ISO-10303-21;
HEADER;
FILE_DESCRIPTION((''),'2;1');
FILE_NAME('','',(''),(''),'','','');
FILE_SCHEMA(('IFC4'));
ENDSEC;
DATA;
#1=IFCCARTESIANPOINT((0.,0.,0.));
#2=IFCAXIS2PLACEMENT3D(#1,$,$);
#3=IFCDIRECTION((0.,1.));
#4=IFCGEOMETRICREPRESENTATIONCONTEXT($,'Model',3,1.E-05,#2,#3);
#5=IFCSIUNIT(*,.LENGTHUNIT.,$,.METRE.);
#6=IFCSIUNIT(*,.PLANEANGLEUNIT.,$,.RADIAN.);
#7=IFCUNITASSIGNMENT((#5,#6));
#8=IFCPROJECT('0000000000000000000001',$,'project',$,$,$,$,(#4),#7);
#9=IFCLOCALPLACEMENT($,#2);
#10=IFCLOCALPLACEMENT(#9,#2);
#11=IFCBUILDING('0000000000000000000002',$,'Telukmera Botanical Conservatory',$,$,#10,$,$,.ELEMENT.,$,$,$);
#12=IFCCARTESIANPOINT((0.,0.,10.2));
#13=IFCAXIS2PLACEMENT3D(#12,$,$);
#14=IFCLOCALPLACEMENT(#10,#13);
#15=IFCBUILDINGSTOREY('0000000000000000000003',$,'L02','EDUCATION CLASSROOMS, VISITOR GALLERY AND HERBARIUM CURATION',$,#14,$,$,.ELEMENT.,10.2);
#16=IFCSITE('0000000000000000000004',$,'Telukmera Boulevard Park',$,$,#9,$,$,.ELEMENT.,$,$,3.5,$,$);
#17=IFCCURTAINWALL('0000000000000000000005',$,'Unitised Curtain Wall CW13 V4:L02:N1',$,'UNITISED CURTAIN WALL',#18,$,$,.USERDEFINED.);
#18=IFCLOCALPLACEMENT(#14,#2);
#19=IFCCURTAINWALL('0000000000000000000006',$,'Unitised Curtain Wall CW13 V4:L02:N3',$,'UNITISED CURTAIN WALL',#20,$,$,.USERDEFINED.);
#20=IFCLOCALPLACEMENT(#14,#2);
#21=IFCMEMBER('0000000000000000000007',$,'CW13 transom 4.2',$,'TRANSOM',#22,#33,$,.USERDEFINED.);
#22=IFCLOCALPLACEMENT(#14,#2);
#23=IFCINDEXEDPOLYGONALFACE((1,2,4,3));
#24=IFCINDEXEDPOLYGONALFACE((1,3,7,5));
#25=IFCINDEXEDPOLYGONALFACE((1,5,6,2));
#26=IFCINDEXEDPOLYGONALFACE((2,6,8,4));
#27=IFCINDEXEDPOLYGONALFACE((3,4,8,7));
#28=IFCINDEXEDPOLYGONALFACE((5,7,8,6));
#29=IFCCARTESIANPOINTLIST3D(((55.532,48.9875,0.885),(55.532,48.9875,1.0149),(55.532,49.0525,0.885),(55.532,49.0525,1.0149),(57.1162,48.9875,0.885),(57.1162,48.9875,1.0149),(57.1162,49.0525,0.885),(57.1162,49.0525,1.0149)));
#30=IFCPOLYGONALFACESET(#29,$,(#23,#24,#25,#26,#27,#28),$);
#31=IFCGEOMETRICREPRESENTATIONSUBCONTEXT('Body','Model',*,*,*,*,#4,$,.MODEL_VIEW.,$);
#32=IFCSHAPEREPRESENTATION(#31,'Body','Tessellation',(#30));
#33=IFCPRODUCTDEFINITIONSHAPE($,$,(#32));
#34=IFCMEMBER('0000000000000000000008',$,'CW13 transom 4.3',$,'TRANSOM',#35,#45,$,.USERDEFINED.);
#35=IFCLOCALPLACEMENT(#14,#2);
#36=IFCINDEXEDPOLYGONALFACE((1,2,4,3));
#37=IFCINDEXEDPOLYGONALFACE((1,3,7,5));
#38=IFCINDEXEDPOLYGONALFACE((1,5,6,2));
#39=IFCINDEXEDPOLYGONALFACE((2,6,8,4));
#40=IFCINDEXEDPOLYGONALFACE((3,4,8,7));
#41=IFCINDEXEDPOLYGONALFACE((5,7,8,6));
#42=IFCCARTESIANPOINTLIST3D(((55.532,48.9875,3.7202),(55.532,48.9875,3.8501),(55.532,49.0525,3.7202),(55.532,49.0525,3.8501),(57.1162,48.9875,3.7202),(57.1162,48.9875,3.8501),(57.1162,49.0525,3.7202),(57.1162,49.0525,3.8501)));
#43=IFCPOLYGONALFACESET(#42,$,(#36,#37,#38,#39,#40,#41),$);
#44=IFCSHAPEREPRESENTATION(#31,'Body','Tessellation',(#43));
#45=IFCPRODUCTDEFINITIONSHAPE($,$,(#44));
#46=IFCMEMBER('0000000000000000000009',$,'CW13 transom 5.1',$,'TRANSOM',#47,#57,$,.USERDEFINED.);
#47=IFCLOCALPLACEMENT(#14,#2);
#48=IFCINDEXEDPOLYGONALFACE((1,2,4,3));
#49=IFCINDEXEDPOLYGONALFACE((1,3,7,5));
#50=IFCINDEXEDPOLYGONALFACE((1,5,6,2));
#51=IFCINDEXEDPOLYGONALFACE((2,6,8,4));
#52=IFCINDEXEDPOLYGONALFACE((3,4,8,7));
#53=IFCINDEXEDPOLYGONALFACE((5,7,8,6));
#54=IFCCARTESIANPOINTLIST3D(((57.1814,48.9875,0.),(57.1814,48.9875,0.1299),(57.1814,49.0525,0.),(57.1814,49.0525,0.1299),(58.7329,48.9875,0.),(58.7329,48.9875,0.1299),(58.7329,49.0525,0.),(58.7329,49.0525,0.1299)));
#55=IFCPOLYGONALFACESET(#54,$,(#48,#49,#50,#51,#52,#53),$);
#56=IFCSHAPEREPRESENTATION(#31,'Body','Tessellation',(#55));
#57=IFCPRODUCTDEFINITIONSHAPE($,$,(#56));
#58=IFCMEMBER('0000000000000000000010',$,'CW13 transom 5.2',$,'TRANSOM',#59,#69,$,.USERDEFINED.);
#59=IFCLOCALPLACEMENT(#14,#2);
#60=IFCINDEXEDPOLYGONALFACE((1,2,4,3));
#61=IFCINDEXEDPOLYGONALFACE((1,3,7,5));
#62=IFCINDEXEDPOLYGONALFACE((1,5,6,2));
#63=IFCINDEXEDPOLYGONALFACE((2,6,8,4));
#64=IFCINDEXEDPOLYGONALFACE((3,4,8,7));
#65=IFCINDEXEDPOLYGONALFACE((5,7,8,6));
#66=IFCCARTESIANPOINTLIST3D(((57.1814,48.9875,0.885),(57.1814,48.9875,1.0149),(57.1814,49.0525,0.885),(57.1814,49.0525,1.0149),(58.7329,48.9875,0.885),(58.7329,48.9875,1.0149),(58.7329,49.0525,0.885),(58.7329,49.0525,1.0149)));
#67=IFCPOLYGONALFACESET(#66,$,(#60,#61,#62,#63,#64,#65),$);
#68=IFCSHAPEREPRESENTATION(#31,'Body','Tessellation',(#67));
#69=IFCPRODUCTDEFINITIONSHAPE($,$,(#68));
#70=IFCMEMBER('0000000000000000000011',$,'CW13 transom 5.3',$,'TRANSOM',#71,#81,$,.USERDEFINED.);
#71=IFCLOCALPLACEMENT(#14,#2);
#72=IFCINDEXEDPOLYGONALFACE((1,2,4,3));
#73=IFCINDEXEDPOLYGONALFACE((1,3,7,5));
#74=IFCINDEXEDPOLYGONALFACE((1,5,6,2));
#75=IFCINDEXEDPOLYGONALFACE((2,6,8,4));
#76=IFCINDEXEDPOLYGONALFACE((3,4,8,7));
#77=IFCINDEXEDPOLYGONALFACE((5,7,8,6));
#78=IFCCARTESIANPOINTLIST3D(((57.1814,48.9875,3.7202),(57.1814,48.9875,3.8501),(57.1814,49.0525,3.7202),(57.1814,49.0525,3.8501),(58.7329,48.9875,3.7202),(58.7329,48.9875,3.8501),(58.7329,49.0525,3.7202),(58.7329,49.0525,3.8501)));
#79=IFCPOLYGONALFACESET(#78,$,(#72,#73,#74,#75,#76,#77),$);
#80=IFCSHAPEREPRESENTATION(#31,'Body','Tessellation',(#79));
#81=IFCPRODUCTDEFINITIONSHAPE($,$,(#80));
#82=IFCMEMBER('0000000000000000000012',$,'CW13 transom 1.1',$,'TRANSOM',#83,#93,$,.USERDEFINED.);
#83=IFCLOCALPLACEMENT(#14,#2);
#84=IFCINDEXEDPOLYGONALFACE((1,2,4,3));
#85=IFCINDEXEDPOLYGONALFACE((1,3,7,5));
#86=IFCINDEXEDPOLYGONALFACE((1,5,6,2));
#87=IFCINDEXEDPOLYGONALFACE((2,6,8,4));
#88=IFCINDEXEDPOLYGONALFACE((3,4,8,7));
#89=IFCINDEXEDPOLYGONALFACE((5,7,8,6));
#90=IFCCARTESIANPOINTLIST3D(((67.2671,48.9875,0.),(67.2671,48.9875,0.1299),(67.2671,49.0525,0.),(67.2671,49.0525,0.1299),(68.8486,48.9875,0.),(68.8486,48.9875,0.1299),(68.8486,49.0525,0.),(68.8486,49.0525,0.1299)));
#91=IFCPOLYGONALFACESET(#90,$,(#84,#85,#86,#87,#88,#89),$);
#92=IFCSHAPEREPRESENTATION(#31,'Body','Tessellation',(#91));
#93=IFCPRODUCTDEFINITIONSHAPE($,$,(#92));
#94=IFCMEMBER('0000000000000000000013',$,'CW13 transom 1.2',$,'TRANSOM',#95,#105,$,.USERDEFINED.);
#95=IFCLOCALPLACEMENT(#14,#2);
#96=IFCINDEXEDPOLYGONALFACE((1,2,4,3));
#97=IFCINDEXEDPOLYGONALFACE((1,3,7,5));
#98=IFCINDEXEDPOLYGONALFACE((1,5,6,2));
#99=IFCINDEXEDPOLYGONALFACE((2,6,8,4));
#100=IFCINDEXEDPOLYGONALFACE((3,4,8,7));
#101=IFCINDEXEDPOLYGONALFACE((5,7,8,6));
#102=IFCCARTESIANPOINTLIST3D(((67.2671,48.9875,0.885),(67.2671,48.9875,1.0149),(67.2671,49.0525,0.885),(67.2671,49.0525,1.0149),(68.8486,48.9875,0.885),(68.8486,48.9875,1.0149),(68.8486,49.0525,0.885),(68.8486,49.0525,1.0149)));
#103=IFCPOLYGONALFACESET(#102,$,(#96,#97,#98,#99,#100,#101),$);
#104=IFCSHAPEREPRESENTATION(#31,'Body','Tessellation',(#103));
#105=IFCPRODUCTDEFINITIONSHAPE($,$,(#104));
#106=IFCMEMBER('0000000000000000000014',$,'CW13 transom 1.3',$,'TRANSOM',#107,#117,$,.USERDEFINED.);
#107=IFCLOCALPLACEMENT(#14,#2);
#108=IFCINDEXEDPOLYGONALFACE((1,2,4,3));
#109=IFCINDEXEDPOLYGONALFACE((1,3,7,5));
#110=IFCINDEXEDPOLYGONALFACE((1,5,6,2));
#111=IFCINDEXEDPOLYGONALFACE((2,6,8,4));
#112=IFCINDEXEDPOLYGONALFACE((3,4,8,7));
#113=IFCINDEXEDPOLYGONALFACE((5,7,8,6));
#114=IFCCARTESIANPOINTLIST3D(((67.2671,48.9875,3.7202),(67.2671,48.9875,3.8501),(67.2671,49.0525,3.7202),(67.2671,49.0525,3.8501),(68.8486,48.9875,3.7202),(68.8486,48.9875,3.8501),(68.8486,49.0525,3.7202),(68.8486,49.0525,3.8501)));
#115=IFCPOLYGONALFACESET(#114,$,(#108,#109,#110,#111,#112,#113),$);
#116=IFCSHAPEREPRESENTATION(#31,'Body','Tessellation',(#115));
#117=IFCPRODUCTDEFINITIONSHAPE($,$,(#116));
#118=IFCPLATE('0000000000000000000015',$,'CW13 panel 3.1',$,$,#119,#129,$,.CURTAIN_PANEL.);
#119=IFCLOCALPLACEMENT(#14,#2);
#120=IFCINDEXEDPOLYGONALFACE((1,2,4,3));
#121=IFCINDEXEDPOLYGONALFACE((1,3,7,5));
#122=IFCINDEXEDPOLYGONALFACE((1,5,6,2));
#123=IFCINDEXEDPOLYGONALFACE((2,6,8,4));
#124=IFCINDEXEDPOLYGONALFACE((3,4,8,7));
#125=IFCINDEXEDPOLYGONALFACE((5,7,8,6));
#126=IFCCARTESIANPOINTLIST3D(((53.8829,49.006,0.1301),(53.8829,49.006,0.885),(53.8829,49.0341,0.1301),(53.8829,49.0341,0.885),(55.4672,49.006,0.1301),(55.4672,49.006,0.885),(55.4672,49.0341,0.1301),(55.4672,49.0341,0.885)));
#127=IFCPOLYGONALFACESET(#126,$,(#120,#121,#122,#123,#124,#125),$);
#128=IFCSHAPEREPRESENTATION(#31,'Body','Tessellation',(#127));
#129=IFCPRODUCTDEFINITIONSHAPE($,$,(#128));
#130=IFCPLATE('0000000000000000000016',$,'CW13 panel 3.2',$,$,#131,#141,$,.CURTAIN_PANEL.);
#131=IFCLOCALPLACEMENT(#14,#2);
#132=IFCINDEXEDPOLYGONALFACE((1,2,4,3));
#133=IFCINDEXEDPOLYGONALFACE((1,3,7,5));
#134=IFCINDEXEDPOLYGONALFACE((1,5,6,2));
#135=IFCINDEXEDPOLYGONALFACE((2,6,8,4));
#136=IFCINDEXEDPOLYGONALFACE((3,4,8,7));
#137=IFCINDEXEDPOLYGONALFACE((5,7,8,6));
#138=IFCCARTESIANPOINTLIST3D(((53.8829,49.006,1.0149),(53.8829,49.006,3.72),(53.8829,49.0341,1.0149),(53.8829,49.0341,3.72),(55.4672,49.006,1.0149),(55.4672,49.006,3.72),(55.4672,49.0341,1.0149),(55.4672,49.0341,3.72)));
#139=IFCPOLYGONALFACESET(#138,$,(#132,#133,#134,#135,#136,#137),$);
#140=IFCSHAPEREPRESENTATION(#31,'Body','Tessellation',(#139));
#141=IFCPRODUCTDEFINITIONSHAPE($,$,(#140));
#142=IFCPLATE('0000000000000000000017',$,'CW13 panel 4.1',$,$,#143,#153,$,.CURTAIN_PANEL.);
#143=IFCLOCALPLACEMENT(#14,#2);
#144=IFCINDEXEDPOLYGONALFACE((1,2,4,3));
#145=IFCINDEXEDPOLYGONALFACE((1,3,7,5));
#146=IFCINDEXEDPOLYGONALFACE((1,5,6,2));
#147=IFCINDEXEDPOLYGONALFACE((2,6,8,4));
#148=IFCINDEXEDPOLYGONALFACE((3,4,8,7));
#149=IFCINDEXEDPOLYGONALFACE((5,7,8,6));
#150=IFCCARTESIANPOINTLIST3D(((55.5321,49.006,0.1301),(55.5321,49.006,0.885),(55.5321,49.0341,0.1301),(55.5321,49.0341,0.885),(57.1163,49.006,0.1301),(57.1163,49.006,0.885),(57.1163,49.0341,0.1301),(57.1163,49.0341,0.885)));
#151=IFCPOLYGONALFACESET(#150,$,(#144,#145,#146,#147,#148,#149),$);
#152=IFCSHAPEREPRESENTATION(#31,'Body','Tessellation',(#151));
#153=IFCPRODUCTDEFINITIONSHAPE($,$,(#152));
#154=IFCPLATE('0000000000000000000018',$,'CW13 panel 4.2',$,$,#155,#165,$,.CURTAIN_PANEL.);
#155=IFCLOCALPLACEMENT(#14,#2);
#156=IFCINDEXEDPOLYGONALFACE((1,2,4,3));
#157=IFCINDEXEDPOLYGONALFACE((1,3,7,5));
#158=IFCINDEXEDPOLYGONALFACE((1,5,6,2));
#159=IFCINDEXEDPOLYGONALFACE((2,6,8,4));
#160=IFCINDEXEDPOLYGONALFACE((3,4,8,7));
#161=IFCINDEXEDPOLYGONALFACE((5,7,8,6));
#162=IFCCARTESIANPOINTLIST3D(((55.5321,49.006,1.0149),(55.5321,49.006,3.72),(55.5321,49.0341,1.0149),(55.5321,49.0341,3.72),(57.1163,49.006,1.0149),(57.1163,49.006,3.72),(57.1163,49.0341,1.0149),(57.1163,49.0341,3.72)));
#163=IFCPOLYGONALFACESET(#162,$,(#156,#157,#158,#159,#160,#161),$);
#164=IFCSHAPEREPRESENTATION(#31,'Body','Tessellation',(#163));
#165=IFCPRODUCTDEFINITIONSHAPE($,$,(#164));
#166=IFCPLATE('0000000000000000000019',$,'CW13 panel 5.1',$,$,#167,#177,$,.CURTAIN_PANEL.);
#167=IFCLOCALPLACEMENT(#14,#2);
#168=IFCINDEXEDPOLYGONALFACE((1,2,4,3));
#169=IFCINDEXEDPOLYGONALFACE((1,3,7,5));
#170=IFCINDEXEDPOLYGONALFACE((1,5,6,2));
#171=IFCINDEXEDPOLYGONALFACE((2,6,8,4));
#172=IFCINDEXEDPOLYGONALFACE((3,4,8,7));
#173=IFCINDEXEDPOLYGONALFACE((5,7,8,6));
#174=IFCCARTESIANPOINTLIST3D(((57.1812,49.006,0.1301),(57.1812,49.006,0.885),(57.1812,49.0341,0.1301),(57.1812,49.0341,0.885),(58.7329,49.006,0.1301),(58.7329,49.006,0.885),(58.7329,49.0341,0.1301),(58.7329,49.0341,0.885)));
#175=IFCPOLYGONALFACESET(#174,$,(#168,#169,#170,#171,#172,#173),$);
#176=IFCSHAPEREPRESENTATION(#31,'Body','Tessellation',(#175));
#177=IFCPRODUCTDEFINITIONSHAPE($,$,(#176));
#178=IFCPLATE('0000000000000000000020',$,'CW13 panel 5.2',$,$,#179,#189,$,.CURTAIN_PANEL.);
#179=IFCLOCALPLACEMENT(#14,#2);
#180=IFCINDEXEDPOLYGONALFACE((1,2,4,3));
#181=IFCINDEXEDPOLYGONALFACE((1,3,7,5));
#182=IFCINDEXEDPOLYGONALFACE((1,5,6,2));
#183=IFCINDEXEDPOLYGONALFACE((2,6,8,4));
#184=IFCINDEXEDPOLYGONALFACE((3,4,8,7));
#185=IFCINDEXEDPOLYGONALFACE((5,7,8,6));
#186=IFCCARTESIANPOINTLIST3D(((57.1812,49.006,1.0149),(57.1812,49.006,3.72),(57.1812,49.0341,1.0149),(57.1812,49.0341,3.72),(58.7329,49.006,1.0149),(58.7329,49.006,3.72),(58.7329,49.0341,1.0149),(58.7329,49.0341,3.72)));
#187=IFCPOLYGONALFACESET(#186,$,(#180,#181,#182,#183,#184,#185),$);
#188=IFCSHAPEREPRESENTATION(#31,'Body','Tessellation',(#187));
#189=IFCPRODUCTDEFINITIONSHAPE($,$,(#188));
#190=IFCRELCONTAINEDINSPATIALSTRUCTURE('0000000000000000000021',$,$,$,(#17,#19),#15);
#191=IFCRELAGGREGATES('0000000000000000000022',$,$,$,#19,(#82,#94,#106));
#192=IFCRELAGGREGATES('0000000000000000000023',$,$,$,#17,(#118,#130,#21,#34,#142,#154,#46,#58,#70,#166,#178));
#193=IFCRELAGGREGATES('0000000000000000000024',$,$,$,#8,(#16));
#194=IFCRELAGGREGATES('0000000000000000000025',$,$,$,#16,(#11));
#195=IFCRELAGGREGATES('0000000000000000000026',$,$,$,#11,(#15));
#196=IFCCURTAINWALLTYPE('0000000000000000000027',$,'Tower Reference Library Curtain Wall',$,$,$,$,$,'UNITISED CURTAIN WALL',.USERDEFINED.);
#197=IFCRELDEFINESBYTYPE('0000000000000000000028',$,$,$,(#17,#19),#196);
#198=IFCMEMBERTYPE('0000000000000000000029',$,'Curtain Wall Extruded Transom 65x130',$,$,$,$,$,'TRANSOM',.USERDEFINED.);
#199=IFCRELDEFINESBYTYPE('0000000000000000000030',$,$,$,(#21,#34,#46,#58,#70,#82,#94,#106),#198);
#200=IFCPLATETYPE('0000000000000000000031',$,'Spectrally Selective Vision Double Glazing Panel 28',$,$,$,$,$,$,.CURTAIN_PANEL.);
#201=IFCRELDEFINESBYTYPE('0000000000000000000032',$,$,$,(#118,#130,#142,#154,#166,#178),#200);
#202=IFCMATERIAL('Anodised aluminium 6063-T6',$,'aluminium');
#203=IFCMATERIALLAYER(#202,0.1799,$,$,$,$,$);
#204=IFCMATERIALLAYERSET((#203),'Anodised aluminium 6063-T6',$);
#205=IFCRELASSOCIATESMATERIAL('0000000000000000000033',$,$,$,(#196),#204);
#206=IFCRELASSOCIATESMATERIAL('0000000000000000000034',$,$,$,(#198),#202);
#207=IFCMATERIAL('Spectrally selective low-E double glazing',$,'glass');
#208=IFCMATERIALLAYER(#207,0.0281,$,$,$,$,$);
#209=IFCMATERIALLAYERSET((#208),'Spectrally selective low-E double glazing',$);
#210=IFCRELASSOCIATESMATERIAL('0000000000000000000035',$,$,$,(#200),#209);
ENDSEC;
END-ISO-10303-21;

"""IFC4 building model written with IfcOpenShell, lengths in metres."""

from ifc_helpers import new_model, si_unit, direction, frame, origin, origin_2d, place, context, subcontext, project, spatial, rectangle, extrude, material, layer, layer_set, material_profile, profile_set, type_object, element, aggregate, save


model = new_model("IFC4")

# Units and contexts
model_context = context("Model", 3, precision=1e-05, world=origin(), true_north=direction((0.0, 1.0)))
body_context = subcontext(model_context, "Body", "Model", "MODEL_VIEW")
ifc_project = project(units=[si_unit("LENGTHUNIT", "METRE"), si_unit("PLANEANGLEUNIT", "RADIAN")], contexts=[model_context])

# Site, building, storey
site_placement = place(None, origin())
site = spatial("IfcSite", under=ifc_project, at=site_placement, Name="Telukmera Boulevard Park", CompositionType="ELEMENT", RefElevation=3.5)
building_placement = place(site_placement, origin())
building = spatial("IfcBuilding", under=site, at=building_placement, Name="Telukmera Botanical Conservatory", CompositionType="ELEMENT")
storey_placement = place(building_placement, frame((0.0, 0.0, 10.2)))
storey = spatial("IfcBuildingStorey", under=building, at=storey_placement, Name="L02", Description="EDUCATION CLASSROOMS, VISITOR GALLERY AND HERBARIUM CURATION", CompositionType="ELEMENT", Elevation=10.2)

# Curtain wall
ifc_material_1 = material(Name="Anodised aluminium 6063-T6", Category="aluminium")
ifc_layer_1 = layer(ifc_material_1, 0.1799)
ifc_layer_set_1 = layer_set([ifc_layer_1], Name="Anodised aluminium 6063-T6")
curtain_wall_type = type_object("IfcCurtainWallType", Name="Tower Reference Library Curtain Wall", ElementType="UNITISED CURTAIN WALL", PredefinedType="USERDEFINED", material=ifc_layer_set_1)
curtain_wall_1_placement = place(storey_placement, origin())
curtain_wall_1 = element("IfcCurtainWall", 1, at=curtain_wall_1_placement, inside=storey, type_object=curtain_wall_type, Name="Unitised Curtain Wall CW13 V4:L02:N1", ObjectType="UNITISED CURTAIN WALL", PredefinedType="USERDEFINED")

# Curtain wall
curtain_wall_2_placement = place(storey_placement, origin())
curtain_wall_2 = element("IfcCurtainWall", 2, at=curtain_wall_2_placement, inside=storey, type_object=curtain_wall_type, Name="Unitised Curtain Wall CW13 V4:L02:N3", ObjectType="UNITISED CURTAIN WALL", PredefinedType="USERDEFINED")

# Members
ifc_material_profile_1 = material_profile(ifc_material_1, rectangle(XDim=0.0649, YDim=0.1299, at=origin_2d()), Name="ALU TRAN 65x130")
ifc_profile_set_1 = profile_set([ifc_material_profile_1], Name="Anodised aluminium 6063-T6")
member_type_1 = type_object("IfcMemberType", Name="Curtain Wall Extruded Transom 65x130", ElementType="TRANSOM", PredefinedType="USERDEFINED", material=ifc_profile_set_1)
member_1_placement = place(storey_placement, frame((55.532, 49.02, 0.95), z_axis=(1.0, 0.0, 0.0), x_axis=(0.0, 1.0, 0.0)))
member_1 = element("IfcMember", 3, at=member_1_placement, type_object=member_type_1, Name="CW13 transom 4.2", ObjectType="TRANSOM", PredefinedType="USERDEFINED", context=body_context, shape_type="SweptSolid", body=[
    extrude(rectangle(XDim=0.0649, YDim=0.1299, at=origin_2d()), origin(), (0.0, 0.0, 1.0), 1.5842),
])
member_2_placement = place(storey_placement, frame((55.532, 49.02, 3.7852), z_axis=(1.0, 0.0, 0.0), x_axis=(0.0, 1.0, 0.0)))
member_2 = element("IfcMember", 4, at=member_2_placement, type_object=member_type_1, Name="CW13 transom 4.3", ObjectType="TRANSOM", PredefinedType="USERDEFINED", context=body_context, shape_type="SweptSolid", body=[
    extrude(rectangle(XDim=0.0649, YDim=0.1299, at=origin_2d()), origin(), (0.0, 0.0, 1.0), 1.5842),
])
member_3_placement = place(storey_placement, frame((57.1814, 49.02, 0.0649), z_axis=(1.0, 0.0, 0.0), x_axis=(0.0, 1.0, 0.0)))
member_3 = element("IfcMember", 5, at=member_3_placement, type_object=member_type_1, Name="CW13 transom 5.1", ObjectType="TRANSOM", PredefinedType="USERDEFINED", context=body_context, shape_type="SweptSolid", body=[
    extrude(rectangle(XDim=0.0649, YDim=0.1299, at=origin_2d()), origin(), (0.0, 0.0, 1.0), 1.5515),
])
member_4_placement = place(storey_placement, frame((57.1814, 49.02, 0.95), z_axis=(1.0, 0.0, 0.0), x_axis=(0.0, 1.0, 0.0)))
member_4 = element("IfcMember", 6, at=member_4_placement, type_object=member_type_1, Name="CW13 transom 5.2", ObjectType="TRANSOM", PredefinedType="USERDEFINED", context=body_context, shape_type="SweptSolid", body=[
    extrude(rectangle(XDim=0.0649, YDim=0.1299, at=origin_2d()), origin(), (0.0, 0.0, 1.0), 1.5515),
])
member_5_placement = place(storey_placement, frame((57.1814, 49.02, 3.7852), z_axis=(1.0, 0.0, 0.0), x_axis=(0.0, 1.0, 0.0)))
member_5 = element("IfcMember", 7, at=member_5_placement, type_object=member_type_1, Name="CW13 transom 5.3", ObjectType="TRANSOM", PredefinedType="USERDEFINED", context=body_context, shape_type="SweptSolid", body=[
    extrude(rectangle(XDim=0.0649, YDim=0.1299, at=origin_2d()), origin(), (0.0, 0.0, 1.0), 1.5515),
])
member_6_placement = place(storey_placement, frame((67.2671, 49.02, 0.0649), z_axis=(1.0, 0.0, 0.0), x_axis=(0.0, 1.0, 0.0)))
member_6 = element("IfcMember", 8, at=member_6_placement, type_object=member_type_1, Name="CW13 transom 1.1", ObjectType="TRANSOM", PredefinedType="USERDEFINED", context=body_context, shape_type="SweptSolid", body=[
    extrude(rectangle(XDim=0.0649, YDim=0.1299, at=origin_2d()), origin(), (0.0, 0.0, 1.0), 1.5815),
])
member_7_placement = place(storey_placement, frame((67.2671, 49.02, 0.95), z_axis=(1.0, 0.0, 0.0), x_axis=(0.0, 1.0, 0.0)))
member_7 = element("IfcMember", 9, at=member_7_placement, type_object=member_type_1, Name="CW13 transom 1.2", ObjectType="TRANSOM", PredefinedType="USERDEFINED", context=body_context, shape_type="SweptSolid", body=[
    extrude(rectangle(XDim=0.0649, YDim=0.1299, at=origin_2d()), origin(), (0.0, 0.0, 1.0), 1.5815),
])
member_8_placement = place(storey_placement, frame((67.2671, 49.02, 3.7852), z_axis=(1.0, 0.0, 0.0), x_axis=(0.0, 1.0, 0.0)))
member_8 = element("IfcMember", 10, at=member_8_placement, type_object=member_type_1, Name="CW13 transom 1.3", ObjectType="TRANSOM", PredefinedType="USERDEFINED", context=body_context, shape_type="SweptSolid", body=[
    extrude(rectangle(XDim=0.0649, YDim=0.1299, at=origin_2d()), origin(), (0.0, 0.0, 1.0), 1.5815),
])
aggregate(curtain_wall_2, [member_6, member_7, member_8])

# Plates
ifc_material_2 = material(Name="Spectrally selective low-E double glazing", Category="glass")
ifc_layer_2 = layer(ifc_material_2, 0.0281)
ifc_layer_set_2 = layer_set([ifc_layer_2], Name="Spectrally selective low-E double glazing")
plate_type = type_object("IfcPlateType", Name="Spectrally Selective Vision Double Glazing Panel 28", PredefinedType="CURTAIN_PANEL", material=ifc_layer_set_2)
plate_1_placement = place(storey_placement, frame((54.675, 49.02, 0.1301), z_axis=(0.0, 0.0, 1.0), x_axis=(1.0, 0.0, 0.0)))
plate_1 = element("IfcPlate", 11, at=plate_1_placement, type_object=plate_type, Name="CW13 panel 3.1", PredefinedType="CURTAIN_PANEL", context=body_context, shape_type="SweptSolid", body=[
    extrude(rectangle(XDim=1.5842, YDim=0.0281, at=origin_2d()), origin(), (0.0, 0.0, 1.0), 0.7549),
])
plate_2_placement = place(storey_placement, frame((54.675, 49.02, 1.0149), z_axis=(0.0, 0.0, 1.0), x_axis=(1.0, 0.0, 0.0)))
plate_2 = element("IfcPlate", 12, at=plate_2_placement, type_object=plate_type, Name="CW13 panel 3.2", PredefinedType="CURTAIN_PANEL", context=body_context, shape_type="SweptSolid", body=[
    extrude(rectangle(XDim=1.5842, YDim=0.0281, at=origin_2d()), origin(), (0.0, 0.0, 1.0), 2.7051),
])
plate_3_placement = place(storey_placement, frame((56.3242, 49.02, 0.1301), z_axis=(0.0, 0.0, 1.0), x_axis=(1.0, 0.0, 0.0)))
plate_3 = element("IfcPlate", 13, at=plate_3_placement, type_object=plate_type, Name="CW13 panel 4.1", PredefinedType="CURTAIN_PANEL", context=body_context, shape_type="SweptSolid", body=[
    extrude(rectangle(XDim=1.5842, YDim=0.0281, at=origin_2d()), origin(), (0.0, 0.0, 1.0), 0.7549),
])
plate_4_placement = place(storey_placement, frame((56.3242, 49.02, 1.0149), z_axis=(0.0, 0.0, 1.0), x_axis=(1.0, 0.0, 0.0)))
plate_4 = element("IfcPlate", 14, at=plate_4_placement, type_object=plate_type, Name="CW13 panel 4.2", PredefinedType="CURTAIN_PANEL", context=body_context, shape_type="SweptSolid", body=[
    extrude(rectangle(XDim=1.5842, YDim=0.0281, at=origin_2d()), origin(), (0.0, 0.0, 1.0), 2.7051),
])
plate_5_placement = place(storey_placement, frame((57.957, 49.02, 0.1301), z_axis=(0.0, 0.0, 1.0), x_axis=(1.0, 0.0, 0.0)))
plate_5 = element("IfcPlate", 15, at=plate_5_placement, type_object=plate_type, Name="CW13 panel 5.1", PredefinedType="CURTAIN_PANEL", context=body_context, shape_type="SweptSolid", body=[
    extrude(rectangle(XDim=1.5518, YDim=0.0281, at=origin_2d()), origin(), (0.0, 0.0, 1.0), 0.7549),
])
plate_6_placement = place(storey_placement, frame((57.957, 49.02, 1.0149), z_axis=(0.0, 0.0, 1.0), x_axis=(1.0, 0.0, 0.0)))
plate_6 = element("IfcPlate", 16, at=plate_6_placement, type_object=plate_type, Name="CW13 panel 5.2", PredefinedType="CURTAIN_PANEL", context=body_context, shape_type="SweptSolid", body=[
    extrude(rectangle(XDim=1.5518, YDim=0.0281, at=origin_2d()), origin(), (0.0, 0.0, 1.0), 2.7051),
])
aggregate(curtain_wall_1, [plate_1, plate_2, member_1, member_2, plate_3, plate_4, member_3, member_4, member_5, plate_5, plate_6])

save(model, "model.ifc")
